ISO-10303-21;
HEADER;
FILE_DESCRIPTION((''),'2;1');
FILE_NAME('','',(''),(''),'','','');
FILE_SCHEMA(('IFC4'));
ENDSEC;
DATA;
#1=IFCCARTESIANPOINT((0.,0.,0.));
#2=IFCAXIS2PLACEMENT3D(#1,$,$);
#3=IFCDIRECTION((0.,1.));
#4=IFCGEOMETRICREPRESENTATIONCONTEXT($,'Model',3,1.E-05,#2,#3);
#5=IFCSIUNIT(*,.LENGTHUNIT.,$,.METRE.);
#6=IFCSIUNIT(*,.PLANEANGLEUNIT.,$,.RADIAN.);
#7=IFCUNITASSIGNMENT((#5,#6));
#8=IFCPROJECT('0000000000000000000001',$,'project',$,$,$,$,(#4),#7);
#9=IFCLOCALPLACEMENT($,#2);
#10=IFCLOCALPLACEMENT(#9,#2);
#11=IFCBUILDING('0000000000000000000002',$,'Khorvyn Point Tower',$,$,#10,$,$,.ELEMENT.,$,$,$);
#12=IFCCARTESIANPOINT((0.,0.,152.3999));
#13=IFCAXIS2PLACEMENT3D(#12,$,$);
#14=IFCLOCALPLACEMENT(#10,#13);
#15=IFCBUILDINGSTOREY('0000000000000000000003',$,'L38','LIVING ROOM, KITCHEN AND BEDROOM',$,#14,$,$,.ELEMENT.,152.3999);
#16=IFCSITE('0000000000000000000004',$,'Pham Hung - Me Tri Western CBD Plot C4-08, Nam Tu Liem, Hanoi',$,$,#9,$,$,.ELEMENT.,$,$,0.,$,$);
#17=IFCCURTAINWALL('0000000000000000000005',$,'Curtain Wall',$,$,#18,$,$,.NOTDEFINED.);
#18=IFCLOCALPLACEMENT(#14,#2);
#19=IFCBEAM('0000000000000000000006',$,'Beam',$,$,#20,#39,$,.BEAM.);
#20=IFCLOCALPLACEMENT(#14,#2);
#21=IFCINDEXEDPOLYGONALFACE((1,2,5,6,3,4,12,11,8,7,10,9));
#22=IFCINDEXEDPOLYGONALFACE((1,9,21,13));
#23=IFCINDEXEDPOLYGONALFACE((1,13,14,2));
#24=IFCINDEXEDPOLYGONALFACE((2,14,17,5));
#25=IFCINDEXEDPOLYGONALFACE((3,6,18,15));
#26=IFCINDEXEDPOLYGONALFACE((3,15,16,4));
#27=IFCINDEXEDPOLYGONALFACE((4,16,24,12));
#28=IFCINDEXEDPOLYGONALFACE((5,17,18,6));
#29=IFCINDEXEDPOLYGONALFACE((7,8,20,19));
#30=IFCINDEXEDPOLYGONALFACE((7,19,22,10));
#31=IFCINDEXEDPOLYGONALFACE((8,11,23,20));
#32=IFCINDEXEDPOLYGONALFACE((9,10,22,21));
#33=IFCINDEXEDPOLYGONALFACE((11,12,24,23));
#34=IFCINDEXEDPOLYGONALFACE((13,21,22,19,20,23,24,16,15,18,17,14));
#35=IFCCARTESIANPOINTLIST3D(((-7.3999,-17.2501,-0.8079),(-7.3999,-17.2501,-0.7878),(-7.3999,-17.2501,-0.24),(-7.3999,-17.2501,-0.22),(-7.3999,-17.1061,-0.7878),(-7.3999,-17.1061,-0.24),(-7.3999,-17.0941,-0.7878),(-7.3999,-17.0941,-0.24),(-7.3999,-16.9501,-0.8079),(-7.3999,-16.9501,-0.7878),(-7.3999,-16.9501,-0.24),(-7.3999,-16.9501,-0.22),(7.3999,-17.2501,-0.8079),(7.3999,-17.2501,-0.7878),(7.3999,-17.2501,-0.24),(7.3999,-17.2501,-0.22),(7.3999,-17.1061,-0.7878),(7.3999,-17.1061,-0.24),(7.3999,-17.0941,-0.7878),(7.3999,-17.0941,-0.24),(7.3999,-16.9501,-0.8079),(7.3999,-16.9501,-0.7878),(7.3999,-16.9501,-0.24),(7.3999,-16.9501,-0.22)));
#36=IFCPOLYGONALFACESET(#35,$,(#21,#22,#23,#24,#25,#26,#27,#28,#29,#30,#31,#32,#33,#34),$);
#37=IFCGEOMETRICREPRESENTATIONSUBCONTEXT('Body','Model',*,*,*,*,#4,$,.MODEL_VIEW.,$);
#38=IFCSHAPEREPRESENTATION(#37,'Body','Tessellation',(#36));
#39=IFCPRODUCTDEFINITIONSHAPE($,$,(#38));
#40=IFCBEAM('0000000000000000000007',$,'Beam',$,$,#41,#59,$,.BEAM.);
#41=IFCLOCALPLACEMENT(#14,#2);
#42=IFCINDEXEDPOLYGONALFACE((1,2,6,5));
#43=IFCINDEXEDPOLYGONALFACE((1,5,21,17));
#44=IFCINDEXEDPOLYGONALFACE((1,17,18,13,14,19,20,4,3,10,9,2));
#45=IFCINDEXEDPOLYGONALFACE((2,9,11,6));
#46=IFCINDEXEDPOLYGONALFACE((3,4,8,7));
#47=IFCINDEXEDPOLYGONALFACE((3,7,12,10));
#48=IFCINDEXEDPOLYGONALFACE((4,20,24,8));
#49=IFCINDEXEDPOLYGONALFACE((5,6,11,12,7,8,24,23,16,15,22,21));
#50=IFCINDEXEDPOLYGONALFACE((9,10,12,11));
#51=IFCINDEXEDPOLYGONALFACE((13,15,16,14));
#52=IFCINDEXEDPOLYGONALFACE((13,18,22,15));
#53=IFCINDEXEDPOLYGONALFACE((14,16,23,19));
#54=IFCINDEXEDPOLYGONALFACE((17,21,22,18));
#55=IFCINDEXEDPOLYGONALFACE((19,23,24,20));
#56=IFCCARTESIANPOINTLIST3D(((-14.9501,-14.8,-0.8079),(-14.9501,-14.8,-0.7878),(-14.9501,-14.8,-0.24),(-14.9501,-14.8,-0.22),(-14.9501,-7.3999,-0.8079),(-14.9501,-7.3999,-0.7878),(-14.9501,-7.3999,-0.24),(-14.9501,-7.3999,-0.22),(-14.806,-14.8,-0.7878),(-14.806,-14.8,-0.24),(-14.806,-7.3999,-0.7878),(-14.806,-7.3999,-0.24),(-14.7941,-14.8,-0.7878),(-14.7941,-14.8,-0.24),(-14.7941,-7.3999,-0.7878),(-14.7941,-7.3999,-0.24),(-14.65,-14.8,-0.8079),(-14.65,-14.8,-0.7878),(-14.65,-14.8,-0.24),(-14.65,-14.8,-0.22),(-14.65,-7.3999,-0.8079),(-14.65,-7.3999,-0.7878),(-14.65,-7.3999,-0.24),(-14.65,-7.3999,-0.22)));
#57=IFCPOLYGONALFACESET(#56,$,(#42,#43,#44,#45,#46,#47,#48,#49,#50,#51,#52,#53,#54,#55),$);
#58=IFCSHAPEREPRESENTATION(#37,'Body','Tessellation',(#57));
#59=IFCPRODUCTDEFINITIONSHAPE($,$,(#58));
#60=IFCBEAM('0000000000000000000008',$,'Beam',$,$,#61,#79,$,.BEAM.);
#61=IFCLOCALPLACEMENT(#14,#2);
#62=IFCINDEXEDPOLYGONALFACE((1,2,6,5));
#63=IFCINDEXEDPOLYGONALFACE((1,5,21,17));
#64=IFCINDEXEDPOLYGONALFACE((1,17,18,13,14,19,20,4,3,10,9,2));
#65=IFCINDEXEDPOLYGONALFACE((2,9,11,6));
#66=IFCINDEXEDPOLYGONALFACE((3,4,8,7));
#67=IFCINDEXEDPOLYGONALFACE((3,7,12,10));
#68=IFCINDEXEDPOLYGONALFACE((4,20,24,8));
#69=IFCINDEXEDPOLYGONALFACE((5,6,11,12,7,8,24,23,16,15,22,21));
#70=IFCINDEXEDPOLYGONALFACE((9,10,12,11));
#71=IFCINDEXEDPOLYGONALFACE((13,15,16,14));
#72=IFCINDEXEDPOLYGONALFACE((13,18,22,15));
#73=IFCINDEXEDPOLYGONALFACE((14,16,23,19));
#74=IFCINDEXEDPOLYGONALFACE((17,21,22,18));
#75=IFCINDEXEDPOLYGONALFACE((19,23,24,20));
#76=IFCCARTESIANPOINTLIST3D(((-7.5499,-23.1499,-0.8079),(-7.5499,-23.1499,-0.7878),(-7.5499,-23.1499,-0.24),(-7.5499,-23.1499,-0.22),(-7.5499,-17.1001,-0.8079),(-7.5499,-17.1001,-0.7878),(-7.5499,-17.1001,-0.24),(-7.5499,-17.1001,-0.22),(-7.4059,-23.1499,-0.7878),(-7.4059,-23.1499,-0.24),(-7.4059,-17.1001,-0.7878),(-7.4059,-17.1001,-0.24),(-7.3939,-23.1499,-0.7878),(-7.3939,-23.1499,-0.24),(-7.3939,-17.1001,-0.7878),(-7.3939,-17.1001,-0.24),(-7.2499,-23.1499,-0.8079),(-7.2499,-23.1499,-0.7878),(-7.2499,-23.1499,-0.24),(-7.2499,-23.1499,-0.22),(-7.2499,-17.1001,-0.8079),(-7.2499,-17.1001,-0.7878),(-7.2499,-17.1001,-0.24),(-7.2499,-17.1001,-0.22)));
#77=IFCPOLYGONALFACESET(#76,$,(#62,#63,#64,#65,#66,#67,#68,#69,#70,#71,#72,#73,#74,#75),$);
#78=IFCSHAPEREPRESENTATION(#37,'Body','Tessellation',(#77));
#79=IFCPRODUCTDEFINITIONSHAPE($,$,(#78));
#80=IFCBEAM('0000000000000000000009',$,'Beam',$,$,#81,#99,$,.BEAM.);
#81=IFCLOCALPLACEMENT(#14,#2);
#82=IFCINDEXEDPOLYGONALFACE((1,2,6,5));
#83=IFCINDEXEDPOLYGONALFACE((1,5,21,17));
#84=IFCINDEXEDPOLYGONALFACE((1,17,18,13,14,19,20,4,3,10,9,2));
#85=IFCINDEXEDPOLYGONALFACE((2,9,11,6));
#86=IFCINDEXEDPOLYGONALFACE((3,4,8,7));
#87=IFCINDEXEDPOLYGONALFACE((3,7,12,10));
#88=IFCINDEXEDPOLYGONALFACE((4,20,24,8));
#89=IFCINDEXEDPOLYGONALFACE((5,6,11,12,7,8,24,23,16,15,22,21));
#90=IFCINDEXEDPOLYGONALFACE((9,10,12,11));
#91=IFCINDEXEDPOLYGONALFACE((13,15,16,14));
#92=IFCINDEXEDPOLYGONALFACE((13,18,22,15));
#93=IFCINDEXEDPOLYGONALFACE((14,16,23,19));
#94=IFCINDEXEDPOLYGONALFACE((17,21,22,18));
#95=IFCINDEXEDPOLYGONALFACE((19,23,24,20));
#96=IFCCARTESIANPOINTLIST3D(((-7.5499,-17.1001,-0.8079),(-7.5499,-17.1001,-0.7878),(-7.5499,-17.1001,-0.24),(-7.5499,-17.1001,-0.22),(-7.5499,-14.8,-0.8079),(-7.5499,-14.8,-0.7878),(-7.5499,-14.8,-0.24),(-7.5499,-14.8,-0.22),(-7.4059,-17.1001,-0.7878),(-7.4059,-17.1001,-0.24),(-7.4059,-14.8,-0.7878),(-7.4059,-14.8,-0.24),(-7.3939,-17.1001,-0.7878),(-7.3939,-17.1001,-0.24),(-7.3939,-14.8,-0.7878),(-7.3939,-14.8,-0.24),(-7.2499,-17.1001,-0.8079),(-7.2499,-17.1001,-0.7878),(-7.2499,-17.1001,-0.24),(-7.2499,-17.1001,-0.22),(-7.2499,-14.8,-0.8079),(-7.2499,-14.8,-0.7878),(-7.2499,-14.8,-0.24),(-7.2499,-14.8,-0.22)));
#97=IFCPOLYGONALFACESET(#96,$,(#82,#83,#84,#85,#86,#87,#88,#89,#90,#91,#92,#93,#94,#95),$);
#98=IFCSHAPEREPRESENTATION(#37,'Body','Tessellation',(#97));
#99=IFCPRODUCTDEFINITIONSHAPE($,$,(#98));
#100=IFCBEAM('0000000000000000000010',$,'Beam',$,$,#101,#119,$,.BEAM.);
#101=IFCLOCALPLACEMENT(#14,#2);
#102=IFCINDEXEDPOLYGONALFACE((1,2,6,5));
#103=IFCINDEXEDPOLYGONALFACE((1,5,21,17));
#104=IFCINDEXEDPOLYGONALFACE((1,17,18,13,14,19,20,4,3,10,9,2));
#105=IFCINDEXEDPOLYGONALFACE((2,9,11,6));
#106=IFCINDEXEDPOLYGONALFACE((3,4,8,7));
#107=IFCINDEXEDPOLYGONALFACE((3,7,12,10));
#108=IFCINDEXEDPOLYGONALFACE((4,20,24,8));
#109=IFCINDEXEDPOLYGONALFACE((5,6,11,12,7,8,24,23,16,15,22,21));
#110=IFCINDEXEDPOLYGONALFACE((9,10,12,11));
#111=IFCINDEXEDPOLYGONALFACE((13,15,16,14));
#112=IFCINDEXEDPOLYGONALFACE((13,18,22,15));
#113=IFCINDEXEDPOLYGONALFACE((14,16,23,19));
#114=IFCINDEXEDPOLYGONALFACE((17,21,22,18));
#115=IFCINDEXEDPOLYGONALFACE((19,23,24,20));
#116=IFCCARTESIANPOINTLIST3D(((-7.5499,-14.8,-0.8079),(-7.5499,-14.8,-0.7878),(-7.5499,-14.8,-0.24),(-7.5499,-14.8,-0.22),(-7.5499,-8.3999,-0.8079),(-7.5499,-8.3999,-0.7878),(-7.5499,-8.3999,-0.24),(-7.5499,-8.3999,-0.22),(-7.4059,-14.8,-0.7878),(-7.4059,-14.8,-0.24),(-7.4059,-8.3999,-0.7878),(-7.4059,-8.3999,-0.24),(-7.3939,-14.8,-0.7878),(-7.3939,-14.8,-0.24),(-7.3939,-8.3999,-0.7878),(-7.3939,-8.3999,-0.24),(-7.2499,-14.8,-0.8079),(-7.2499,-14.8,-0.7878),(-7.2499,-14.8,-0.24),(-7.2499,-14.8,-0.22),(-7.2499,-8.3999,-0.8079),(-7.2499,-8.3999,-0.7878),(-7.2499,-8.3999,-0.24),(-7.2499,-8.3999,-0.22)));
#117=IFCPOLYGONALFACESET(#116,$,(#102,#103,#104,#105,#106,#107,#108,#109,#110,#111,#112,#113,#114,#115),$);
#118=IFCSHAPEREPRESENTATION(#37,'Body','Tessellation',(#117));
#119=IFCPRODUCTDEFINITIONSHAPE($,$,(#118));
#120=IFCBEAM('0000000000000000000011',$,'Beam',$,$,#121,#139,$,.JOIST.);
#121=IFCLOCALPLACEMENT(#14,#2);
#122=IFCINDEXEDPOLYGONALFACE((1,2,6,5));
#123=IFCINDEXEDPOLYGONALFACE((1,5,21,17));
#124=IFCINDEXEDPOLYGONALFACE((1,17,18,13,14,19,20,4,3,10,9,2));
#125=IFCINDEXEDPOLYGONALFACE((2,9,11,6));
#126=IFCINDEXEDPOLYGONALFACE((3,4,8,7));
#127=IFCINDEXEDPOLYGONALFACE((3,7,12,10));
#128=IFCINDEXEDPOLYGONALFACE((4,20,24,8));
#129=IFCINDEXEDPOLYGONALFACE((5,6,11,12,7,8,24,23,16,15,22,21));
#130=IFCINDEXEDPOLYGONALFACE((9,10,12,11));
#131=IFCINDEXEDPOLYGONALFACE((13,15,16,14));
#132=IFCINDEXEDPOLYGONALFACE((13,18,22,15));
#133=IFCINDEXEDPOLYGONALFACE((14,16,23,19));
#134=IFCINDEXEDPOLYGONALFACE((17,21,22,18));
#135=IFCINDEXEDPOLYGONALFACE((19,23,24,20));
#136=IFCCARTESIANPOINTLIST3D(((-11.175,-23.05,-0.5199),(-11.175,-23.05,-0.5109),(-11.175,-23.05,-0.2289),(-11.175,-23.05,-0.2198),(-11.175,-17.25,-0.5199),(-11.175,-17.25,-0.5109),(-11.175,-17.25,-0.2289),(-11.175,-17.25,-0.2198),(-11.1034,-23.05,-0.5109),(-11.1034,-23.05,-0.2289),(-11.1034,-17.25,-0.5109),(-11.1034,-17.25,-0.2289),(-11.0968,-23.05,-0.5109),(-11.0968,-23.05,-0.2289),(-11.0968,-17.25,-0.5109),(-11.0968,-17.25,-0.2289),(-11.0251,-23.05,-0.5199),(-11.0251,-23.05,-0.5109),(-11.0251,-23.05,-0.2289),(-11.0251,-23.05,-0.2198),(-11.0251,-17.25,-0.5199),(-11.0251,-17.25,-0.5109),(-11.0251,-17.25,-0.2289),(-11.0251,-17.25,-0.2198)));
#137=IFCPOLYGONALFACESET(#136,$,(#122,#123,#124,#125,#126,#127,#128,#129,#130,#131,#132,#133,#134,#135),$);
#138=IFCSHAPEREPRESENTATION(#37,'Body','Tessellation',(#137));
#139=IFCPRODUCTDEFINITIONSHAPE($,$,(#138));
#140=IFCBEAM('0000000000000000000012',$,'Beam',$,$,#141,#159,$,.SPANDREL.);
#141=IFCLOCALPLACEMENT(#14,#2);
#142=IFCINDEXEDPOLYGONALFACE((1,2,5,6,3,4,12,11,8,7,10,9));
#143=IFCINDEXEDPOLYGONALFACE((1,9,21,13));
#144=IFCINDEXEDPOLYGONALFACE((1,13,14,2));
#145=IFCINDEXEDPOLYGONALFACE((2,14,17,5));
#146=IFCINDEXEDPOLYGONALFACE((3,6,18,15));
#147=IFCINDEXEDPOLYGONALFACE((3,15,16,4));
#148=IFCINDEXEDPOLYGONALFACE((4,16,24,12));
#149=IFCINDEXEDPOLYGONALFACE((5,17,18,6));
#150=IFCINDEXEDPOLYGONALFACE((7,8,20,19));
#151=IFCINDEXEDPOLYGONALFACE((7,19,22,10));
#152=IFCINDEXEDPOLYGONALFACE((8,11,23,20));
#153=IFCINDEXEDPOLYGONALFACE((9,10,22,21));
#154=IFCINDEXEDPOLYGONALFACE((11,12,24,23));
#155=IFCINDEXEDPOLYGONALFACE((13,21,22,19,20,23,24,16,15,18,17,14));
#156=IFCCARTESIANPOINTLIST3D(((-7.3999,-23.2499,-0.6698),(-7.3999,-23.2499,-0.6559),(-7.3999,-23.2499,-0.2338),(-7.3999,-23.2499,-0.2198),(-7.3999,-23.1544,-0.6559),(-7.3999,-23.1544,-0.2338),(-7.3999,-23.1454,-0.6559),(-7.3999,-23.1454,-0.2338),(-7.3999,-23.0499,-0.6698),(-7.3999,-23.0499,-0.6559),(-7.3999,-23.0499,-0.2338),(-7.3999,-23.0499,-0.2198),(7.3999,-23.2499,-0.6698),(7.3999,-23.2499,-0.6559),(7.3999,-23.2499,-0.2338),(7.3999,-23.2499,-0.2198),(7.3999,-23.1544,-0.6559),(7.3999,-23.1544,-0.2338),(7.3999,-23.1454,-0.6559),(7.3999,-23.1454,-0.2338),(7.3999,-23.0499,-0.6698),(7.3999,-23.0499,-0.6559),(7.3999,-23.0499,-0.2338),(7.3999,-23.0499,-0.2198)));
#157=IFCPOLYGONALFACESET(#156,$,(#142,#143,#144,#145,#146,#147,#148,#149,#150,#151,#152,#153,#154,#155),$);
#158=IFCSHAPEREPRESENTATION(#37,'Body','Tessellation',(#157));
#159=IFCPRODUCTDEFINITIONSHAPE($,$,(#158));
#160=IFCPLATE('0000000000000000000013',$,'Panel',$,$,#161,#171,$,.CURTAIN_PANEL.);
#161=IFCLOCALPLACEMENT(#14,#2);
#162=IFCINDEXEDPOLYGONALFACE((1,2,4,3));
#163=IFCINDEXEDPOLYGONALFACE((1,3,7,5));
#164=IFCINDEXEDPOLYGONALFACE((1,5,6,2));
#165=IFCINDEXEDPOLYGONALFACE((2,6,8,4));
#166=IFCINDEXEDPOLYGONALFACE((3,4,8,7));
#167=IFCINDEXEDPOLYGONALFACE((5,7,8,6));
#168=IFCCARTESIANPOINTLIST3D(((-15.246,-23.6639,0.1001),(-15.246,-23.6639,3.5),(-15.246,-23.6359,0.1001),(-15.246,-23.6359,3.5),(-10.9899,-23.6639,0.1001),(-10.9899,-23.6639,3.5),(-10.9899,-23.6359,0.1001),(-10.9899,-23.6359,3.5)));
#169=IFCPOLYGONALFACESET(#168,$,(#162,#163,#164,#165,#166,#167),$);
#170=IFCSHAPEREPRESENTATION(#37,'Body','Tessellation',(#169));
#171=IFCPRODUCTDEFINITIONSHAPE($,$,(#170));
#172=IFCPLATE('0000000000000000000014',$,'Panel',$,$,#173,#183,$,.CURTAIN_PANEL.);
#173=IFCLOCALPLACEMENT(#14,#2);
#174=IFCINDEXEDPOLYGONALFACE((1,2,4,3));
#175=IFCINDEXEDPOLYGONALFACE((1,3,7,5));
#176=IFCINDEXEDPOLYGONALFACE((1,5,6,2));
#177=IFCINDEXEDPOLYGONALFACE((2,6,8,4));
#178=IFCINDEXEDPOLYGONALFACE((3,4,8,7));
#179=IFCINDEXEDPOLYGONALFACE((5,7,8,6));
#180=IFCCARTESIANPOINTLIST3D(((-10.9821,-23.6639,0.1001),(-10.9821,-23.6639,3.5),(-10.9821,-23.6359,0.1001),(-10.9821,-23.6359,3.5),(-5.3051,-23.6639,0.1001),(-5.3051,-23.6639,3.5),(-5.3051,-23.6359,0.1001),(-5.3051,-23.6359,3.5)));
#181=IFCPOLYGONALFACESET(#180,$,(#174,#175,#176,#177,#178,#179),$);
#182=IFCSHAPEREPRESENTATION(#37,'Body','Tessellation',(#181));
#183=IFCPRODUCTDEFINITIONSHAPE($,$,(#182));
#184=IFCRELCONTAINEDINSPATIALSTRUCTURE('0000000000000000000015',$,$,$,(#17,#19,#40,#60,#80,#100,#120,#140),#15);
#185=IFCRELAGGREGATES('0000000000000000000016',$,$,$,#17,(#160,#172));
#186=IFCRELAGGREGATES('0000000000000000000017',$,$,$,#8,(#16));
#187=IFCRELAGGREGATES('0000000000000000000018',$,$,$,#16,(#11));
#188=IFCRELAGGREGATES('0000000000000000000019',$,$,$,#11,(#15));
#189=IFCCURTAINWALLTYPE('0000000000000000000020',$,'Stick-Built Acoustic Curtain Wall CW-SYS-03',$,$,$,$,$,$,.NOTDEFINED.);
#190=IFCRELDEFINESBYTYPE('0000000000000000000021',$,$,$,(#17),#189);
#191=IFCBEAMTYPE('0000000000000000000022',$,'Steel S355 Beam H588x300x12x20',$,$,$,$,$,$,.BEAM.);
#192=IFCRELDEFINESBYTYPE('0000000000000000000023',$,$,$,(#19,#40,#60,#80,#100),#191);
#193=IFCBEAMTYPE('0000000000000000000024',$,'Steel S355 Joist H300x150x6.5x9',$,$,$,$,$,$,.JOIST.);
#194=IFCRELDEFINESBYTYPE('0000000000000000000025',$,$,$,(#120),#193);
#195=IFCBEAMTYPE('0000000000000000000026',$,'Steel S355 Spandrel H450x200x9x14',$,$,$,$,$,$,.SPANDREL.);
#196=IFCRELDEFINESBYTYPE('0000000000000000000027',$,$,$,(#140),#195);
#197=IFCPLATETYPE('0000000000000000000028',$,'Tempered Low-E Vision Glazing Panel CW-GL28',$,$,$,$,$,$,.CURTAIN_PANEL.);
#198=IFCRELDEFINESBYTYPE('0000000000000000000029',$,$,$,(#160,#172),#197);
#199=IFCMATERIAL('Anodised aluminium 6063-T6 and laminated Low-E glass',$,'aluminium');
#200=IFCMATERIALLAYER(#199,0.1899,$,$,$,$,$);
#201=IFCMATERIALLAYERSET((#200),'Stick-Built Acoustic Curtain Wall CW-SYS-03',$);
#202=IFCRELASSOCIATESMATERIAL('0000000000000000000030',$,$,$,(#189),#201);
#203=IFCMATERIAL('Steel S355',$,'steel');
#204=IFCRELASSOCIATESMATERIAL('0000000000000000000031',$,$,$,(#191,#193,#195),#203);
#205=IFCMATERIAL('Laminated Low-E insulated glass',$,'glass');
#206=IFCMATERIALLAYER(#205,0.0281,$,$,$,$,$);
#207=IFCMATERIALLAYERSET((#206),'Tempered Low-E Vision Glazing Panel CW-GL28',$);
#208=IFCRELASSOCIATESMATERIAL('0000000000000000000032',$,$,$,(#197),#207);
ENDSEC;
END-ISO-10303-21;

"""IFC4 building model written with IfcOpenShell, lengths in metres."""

from ifc_helpers import new_model, si_unit, direction, frame, origin, origin_2d, place, context, subcontext, project, spatial, rectangle, i_section, extrude, material, layer, layer_set, material_profile, profile_set, type_object, element, aggregate, save


model = new_model("IFC4")

# Units and contexts
model_context = context("Model", 3, precision=1e-05, world=origin(), true_north=direction((0.0, 1.0)))
body_context = subcontext(model_context, "Body", "Model", "MODEL_VIEW")
ifc_project = project(units=[si_unit("LENGTHUNIT", "METRE"), si_unit("PLANEANGLEUNIT", "RADIAN")], contexts=[model_context])

# Site, building, storey
site_placement = place(None, origin())
site = spatial("IfcSite", under=ifc_project, at=site_placement, Name="Pham Hung - Me Tri Western CBD Plot C4-08, Nam Tu Liem, Hanoi", CompositionType="ELEMENT", RefElevation=0.0)
building_placement = place(site_placement, origin())
building = spatial("IfcBuilding", under=site, at=building_placement, Name="Khorvyn Point Tower", CompositionType="ELEMENT")
storey_placement = place(building_placement, frame((0.0, 0.0, 152.3999)))
storey = spatial("IfcBuildingStorey", under=building, at=storey_placement, Name="L38", Description="LIVING ROOM, KITCHEN AND BEDROOM", CompositionType="ELEMENT", Elevation=152.3999)

# Shared definitions
ifc_material_1 = material(Name="Anodised aluminium 6063-T6 and laminated Low-E glass", Category="aluminium")
ifc_layer_1 = layer(ifc_material_1, 0.1899)
ifc_layer_set_1 = layer_set([ifc_layer_1], Name="Stick-Built Acoustic Curtain Wall CW-SYS-03")
curtain_wall_type = type_object("IfcCurtainWallType", Name="Stick-Built Acoustic Curtain Wall CW-SYS-03", PredefinedType="NOTDEFINED", material=ifc_layer_set_1)

# Curtain wall
curtain_wall_1_placement = place(storey_placement, origin())
curtain_wall_1 = element("IfcCurtainWall", 1, at=curtain_wall_1_placement, inside=storey, type_object=curtain_wall_type, Name="Curtain Wall", PredefinedType="NOTDEFINED")

# Beams
ifc_material_2 = material(Name="Steel S355", Category="steel")
ifc_material_profile_1 = material_profile(ifc_material_2, i_section(OverallWidth=0.3, OverallDepth=0.5879, WebThickness=0.012, FlangeThickness=0.02, at=origin_2d()))
ifc_profile_set_1 = profile_set([ifc_material_profile_1], Name="Steel S355 H588x300x12x20")
beam_type_1 = type_object("IfcBeamType", Name="Steel S355 Beam H588x300x12x20", PredefinedType="BEAM", material=ifc_profile_set_1)
beam_1_placement = place(storey_placement, frame((-7.3999, -17.1001, -0.5139), z_axis=(1.0, 0.0, 0.0), x_axis=(0.0, 1.0, 0.0)))
element("IfcBeam", 2, at=beam_1_placement, inside=storey, type_object=beam_type_1, Name="Beam", PredefinedType="BEAM", context=body_context, shape_type="SweptSolid", body=[
    extrude(i_section(OverallWidth=0.3, OverallDepth=0.5879, WebThickness=0.012, FlangeThickness=0.02, at=origin_2d()), origin(), (0.0, 0.0, 1.0), 14.7998),
])
beam_2_placement = place(storey_placement, frame((-14.8, -14.8, -0.5139), z_axis=(0.0, 1.0, 0.0), x_axis=(-1.0, 0.0, 0.0)))
element("IfcBeam", 3, at=beam_2_placement, inside=storey, type_object=beam_type_1, Name="Beam", PredefinedType="BEAM", context=body_context, shape_type="SweptSolid", body=[
    extrude(i_section(OverallWidth=0.3, OverallDepth=0.5879, WebThickness=0.012, FlangeThickness=0.02, at=origin_2d()), origin(), (0.0, 0.0, 1.0), 7.4001),
])
beam_3_placement = place(storey_placement, frame((-7.3999, -23.1499, -0.5139), z_axis=(0.0, 1.0, 0.0), x_axis=(-1.0, 0.0, 0.0)))
element("IfcBeam", 4, at=beam_3_placement, inside=storey, type_object=beam_type_1, Name="Beam", PredefinedType="BEAM", context=body_context, shape_type="SweptSolid", body=[
    extrude(i_section(OverallWidth=0.3, OverallDepth=0.5879, WebThickness=0.012, FlangeThickness=0.02, at=origin_2d()), origin(), (0.0, 0.0, 1.0), 6.0498),
])
beam_4_placement = place(storey_placement, frame((-7.3999, -17.1001, -0.5139), z_axis=(0.0, 1.0, 0.0), x_axis=(-1.0, 0.0, 0.0)))
element("IfcBeam", 5, at=beam_4_placement, inside=storey, type_object=beam_type_1, Name="Beam", PredefinedType="BEAM", context=body_context, shape_type="SweptSolid", body=[
    extrude(i_section(OverallWidth=0.3, OverallDepth=0.5879, WebThickness=0.012, FlangeThickness=0.02, at=origin_2d()), origin(), (0.0, 0.0, 1.0), 2.3),
])
beam_5_placement = place(storey_placement, frame((-7.3999, -14.8, -0.5139), z_axis=(0.0, 1.0, 0.0), x_axis=(-1.0, 0.0, 0.0)))
element("IfcBeam", 6, at=beam_5_placement, inside=storey, type_object=beam_type_1, Name="Beam", PredefinedType="BEAM", context=body_context, shape_type="SweptSolid", body=[
    extrude(i_section(OverallWidth=0.3, OverallDepth=0.5879, WebThickness=0.012, FlangeThickness=0.02, at=origin_2d()), origin(), (0.0, 0.0, 1.0), 6.4001),
])
ifc_material_profile_2 = material_profile(ifc_material_2, i_section(OverallWidth=0.1499, OverallDepth=0.3, WebThickness=0.0066, FlangeThickness=0.009, at=origin_2d()))
ifc_profile_set_2 = profile_set([ifc_material_profile_2], Name="Steel S355 H300x150x6.5x9")
beam_type_2 = type_object("IfcBeamType", Name="Steel S355 Joist H300x150x6.5x9", PredefinedType="JOIST", material=ifc_profile_set_2)
beam_6_placement = place(storey_placement, frame((-11.1001, -23.05, -0.3699), z_axis=(0.0, 1.0, 0.0), x_axis=(-1.0, 0.0, 0.0)))
element("IfcBeam", 7, at=beam_6_placement, inside=storey, type_object=beam_type_2, Name="Beam", PredefinedType="JOIST", context=body_context, shape_type="SweptSolid", body=[
    extrude(i_section(OverallWidth=0.1499, OverallDepth=0.3, WebThickness=0.0066, FlangeThickness=0.009, at=origin_2d()), origin(), (0.0, 0.0, 1.0), 5.8),
])
ifc_material_profile_3 = material_profile(ifc_material_2, i_section(OverallWidth=0.2, OverallDepth=0.45, WebThickness=0.009, FlangeThickness=0.0139, at=origin_2d()))
ifc_profile_set_3 = profile_set([ifc_material_profile_3], Name="Steel S355 H450x200x9x14")
beam_type_3 = type_object("IfcBeamType", Name="Steel S355 Spandrel H450x200x9x14", PredefinedType="SPANDREL", material=ifc_profile_set_3)
beam_7_placement = place(storey_placement, frame((-7.3999, -23.1499, -0.4448), z_axis=(1.0, 0.0, 0.0), x_axis=(0.0, 1.0, 0.0)))
element("IfcBeam", 8, at=beam_7_placement, inside=storey, type_object=beam_type_3, Name="Beam", PredefinedType="SPANDREL", context=body_context, shape_type="SweptSolid", body=[
    extrude(i_section(OverallWidth=0.2, OverallDepth=0.45, WebThickness=0.009, FlangeThickness=0.0139, at=origin_2d()), origin(), (0.0, 0.0, 1.0), 14.7998),
])

# Plates
ifc_material_3 = material(Name="Laminated Low-E insulated glass", Category="glass")
ifc_layer_2 = layer(ifc_material_3, 0.0281)
ifc_layer_set_2 = layer_set([ifc_layer_2], Name="Tempered Low-E Vision Glazing Panel CW-GL28")
plate_type = type_object("IfcPlateType", Name="Tempered Low-E Vision Glazing Panel CW-GL28", PredefinedType="CURTAIN_PANEL", material=ifc_layer_set_2)
plate_1_placement = place(storey_placement, frame((-13.1179, -23.6499, 0.1001), z_axis=(0.0, 0.0, 1.0), x_axis=(-1.0, 0.0, 0.0)))
plate_1 = element("IfcPlate", 9, at=plate_1_placement, type_object=plate_type, Name="Panel", PredefinedType="CURTAIN_PANEL", context=body_context, shape_type="SweptSolid", body=[
    extrude(rectangle(XDim=4.2561, YDim=0.0281, at=origin_2d()), origin(), (0.0, 0.0, 1.0), 3.3999),
])
plate_2_placement = place(storey_placement, frame((-8.1436, -23.6499, 0.1001), z_axis=(0.0, 0.0, 1.0), x_axis=(-1.0, 0.0, 0.0)))
plate_2 = element("IfcPlate", 10, at=plate_2_placement, type_object=plate_type, Name="Panel", PredefinedType="CURTAIN_PANEL", context=body_context, shape_type="SweptSolid", body=[
    extrude(rectangle(XDim=5.677, YDim=0.0281, at=origin_2d()), origin(), (0.0, 0.0, 1.0), 3.3999),
])
aggregate(curtain_wall_1, [plate_1, plate_2])

save(model, "model.ifc")
